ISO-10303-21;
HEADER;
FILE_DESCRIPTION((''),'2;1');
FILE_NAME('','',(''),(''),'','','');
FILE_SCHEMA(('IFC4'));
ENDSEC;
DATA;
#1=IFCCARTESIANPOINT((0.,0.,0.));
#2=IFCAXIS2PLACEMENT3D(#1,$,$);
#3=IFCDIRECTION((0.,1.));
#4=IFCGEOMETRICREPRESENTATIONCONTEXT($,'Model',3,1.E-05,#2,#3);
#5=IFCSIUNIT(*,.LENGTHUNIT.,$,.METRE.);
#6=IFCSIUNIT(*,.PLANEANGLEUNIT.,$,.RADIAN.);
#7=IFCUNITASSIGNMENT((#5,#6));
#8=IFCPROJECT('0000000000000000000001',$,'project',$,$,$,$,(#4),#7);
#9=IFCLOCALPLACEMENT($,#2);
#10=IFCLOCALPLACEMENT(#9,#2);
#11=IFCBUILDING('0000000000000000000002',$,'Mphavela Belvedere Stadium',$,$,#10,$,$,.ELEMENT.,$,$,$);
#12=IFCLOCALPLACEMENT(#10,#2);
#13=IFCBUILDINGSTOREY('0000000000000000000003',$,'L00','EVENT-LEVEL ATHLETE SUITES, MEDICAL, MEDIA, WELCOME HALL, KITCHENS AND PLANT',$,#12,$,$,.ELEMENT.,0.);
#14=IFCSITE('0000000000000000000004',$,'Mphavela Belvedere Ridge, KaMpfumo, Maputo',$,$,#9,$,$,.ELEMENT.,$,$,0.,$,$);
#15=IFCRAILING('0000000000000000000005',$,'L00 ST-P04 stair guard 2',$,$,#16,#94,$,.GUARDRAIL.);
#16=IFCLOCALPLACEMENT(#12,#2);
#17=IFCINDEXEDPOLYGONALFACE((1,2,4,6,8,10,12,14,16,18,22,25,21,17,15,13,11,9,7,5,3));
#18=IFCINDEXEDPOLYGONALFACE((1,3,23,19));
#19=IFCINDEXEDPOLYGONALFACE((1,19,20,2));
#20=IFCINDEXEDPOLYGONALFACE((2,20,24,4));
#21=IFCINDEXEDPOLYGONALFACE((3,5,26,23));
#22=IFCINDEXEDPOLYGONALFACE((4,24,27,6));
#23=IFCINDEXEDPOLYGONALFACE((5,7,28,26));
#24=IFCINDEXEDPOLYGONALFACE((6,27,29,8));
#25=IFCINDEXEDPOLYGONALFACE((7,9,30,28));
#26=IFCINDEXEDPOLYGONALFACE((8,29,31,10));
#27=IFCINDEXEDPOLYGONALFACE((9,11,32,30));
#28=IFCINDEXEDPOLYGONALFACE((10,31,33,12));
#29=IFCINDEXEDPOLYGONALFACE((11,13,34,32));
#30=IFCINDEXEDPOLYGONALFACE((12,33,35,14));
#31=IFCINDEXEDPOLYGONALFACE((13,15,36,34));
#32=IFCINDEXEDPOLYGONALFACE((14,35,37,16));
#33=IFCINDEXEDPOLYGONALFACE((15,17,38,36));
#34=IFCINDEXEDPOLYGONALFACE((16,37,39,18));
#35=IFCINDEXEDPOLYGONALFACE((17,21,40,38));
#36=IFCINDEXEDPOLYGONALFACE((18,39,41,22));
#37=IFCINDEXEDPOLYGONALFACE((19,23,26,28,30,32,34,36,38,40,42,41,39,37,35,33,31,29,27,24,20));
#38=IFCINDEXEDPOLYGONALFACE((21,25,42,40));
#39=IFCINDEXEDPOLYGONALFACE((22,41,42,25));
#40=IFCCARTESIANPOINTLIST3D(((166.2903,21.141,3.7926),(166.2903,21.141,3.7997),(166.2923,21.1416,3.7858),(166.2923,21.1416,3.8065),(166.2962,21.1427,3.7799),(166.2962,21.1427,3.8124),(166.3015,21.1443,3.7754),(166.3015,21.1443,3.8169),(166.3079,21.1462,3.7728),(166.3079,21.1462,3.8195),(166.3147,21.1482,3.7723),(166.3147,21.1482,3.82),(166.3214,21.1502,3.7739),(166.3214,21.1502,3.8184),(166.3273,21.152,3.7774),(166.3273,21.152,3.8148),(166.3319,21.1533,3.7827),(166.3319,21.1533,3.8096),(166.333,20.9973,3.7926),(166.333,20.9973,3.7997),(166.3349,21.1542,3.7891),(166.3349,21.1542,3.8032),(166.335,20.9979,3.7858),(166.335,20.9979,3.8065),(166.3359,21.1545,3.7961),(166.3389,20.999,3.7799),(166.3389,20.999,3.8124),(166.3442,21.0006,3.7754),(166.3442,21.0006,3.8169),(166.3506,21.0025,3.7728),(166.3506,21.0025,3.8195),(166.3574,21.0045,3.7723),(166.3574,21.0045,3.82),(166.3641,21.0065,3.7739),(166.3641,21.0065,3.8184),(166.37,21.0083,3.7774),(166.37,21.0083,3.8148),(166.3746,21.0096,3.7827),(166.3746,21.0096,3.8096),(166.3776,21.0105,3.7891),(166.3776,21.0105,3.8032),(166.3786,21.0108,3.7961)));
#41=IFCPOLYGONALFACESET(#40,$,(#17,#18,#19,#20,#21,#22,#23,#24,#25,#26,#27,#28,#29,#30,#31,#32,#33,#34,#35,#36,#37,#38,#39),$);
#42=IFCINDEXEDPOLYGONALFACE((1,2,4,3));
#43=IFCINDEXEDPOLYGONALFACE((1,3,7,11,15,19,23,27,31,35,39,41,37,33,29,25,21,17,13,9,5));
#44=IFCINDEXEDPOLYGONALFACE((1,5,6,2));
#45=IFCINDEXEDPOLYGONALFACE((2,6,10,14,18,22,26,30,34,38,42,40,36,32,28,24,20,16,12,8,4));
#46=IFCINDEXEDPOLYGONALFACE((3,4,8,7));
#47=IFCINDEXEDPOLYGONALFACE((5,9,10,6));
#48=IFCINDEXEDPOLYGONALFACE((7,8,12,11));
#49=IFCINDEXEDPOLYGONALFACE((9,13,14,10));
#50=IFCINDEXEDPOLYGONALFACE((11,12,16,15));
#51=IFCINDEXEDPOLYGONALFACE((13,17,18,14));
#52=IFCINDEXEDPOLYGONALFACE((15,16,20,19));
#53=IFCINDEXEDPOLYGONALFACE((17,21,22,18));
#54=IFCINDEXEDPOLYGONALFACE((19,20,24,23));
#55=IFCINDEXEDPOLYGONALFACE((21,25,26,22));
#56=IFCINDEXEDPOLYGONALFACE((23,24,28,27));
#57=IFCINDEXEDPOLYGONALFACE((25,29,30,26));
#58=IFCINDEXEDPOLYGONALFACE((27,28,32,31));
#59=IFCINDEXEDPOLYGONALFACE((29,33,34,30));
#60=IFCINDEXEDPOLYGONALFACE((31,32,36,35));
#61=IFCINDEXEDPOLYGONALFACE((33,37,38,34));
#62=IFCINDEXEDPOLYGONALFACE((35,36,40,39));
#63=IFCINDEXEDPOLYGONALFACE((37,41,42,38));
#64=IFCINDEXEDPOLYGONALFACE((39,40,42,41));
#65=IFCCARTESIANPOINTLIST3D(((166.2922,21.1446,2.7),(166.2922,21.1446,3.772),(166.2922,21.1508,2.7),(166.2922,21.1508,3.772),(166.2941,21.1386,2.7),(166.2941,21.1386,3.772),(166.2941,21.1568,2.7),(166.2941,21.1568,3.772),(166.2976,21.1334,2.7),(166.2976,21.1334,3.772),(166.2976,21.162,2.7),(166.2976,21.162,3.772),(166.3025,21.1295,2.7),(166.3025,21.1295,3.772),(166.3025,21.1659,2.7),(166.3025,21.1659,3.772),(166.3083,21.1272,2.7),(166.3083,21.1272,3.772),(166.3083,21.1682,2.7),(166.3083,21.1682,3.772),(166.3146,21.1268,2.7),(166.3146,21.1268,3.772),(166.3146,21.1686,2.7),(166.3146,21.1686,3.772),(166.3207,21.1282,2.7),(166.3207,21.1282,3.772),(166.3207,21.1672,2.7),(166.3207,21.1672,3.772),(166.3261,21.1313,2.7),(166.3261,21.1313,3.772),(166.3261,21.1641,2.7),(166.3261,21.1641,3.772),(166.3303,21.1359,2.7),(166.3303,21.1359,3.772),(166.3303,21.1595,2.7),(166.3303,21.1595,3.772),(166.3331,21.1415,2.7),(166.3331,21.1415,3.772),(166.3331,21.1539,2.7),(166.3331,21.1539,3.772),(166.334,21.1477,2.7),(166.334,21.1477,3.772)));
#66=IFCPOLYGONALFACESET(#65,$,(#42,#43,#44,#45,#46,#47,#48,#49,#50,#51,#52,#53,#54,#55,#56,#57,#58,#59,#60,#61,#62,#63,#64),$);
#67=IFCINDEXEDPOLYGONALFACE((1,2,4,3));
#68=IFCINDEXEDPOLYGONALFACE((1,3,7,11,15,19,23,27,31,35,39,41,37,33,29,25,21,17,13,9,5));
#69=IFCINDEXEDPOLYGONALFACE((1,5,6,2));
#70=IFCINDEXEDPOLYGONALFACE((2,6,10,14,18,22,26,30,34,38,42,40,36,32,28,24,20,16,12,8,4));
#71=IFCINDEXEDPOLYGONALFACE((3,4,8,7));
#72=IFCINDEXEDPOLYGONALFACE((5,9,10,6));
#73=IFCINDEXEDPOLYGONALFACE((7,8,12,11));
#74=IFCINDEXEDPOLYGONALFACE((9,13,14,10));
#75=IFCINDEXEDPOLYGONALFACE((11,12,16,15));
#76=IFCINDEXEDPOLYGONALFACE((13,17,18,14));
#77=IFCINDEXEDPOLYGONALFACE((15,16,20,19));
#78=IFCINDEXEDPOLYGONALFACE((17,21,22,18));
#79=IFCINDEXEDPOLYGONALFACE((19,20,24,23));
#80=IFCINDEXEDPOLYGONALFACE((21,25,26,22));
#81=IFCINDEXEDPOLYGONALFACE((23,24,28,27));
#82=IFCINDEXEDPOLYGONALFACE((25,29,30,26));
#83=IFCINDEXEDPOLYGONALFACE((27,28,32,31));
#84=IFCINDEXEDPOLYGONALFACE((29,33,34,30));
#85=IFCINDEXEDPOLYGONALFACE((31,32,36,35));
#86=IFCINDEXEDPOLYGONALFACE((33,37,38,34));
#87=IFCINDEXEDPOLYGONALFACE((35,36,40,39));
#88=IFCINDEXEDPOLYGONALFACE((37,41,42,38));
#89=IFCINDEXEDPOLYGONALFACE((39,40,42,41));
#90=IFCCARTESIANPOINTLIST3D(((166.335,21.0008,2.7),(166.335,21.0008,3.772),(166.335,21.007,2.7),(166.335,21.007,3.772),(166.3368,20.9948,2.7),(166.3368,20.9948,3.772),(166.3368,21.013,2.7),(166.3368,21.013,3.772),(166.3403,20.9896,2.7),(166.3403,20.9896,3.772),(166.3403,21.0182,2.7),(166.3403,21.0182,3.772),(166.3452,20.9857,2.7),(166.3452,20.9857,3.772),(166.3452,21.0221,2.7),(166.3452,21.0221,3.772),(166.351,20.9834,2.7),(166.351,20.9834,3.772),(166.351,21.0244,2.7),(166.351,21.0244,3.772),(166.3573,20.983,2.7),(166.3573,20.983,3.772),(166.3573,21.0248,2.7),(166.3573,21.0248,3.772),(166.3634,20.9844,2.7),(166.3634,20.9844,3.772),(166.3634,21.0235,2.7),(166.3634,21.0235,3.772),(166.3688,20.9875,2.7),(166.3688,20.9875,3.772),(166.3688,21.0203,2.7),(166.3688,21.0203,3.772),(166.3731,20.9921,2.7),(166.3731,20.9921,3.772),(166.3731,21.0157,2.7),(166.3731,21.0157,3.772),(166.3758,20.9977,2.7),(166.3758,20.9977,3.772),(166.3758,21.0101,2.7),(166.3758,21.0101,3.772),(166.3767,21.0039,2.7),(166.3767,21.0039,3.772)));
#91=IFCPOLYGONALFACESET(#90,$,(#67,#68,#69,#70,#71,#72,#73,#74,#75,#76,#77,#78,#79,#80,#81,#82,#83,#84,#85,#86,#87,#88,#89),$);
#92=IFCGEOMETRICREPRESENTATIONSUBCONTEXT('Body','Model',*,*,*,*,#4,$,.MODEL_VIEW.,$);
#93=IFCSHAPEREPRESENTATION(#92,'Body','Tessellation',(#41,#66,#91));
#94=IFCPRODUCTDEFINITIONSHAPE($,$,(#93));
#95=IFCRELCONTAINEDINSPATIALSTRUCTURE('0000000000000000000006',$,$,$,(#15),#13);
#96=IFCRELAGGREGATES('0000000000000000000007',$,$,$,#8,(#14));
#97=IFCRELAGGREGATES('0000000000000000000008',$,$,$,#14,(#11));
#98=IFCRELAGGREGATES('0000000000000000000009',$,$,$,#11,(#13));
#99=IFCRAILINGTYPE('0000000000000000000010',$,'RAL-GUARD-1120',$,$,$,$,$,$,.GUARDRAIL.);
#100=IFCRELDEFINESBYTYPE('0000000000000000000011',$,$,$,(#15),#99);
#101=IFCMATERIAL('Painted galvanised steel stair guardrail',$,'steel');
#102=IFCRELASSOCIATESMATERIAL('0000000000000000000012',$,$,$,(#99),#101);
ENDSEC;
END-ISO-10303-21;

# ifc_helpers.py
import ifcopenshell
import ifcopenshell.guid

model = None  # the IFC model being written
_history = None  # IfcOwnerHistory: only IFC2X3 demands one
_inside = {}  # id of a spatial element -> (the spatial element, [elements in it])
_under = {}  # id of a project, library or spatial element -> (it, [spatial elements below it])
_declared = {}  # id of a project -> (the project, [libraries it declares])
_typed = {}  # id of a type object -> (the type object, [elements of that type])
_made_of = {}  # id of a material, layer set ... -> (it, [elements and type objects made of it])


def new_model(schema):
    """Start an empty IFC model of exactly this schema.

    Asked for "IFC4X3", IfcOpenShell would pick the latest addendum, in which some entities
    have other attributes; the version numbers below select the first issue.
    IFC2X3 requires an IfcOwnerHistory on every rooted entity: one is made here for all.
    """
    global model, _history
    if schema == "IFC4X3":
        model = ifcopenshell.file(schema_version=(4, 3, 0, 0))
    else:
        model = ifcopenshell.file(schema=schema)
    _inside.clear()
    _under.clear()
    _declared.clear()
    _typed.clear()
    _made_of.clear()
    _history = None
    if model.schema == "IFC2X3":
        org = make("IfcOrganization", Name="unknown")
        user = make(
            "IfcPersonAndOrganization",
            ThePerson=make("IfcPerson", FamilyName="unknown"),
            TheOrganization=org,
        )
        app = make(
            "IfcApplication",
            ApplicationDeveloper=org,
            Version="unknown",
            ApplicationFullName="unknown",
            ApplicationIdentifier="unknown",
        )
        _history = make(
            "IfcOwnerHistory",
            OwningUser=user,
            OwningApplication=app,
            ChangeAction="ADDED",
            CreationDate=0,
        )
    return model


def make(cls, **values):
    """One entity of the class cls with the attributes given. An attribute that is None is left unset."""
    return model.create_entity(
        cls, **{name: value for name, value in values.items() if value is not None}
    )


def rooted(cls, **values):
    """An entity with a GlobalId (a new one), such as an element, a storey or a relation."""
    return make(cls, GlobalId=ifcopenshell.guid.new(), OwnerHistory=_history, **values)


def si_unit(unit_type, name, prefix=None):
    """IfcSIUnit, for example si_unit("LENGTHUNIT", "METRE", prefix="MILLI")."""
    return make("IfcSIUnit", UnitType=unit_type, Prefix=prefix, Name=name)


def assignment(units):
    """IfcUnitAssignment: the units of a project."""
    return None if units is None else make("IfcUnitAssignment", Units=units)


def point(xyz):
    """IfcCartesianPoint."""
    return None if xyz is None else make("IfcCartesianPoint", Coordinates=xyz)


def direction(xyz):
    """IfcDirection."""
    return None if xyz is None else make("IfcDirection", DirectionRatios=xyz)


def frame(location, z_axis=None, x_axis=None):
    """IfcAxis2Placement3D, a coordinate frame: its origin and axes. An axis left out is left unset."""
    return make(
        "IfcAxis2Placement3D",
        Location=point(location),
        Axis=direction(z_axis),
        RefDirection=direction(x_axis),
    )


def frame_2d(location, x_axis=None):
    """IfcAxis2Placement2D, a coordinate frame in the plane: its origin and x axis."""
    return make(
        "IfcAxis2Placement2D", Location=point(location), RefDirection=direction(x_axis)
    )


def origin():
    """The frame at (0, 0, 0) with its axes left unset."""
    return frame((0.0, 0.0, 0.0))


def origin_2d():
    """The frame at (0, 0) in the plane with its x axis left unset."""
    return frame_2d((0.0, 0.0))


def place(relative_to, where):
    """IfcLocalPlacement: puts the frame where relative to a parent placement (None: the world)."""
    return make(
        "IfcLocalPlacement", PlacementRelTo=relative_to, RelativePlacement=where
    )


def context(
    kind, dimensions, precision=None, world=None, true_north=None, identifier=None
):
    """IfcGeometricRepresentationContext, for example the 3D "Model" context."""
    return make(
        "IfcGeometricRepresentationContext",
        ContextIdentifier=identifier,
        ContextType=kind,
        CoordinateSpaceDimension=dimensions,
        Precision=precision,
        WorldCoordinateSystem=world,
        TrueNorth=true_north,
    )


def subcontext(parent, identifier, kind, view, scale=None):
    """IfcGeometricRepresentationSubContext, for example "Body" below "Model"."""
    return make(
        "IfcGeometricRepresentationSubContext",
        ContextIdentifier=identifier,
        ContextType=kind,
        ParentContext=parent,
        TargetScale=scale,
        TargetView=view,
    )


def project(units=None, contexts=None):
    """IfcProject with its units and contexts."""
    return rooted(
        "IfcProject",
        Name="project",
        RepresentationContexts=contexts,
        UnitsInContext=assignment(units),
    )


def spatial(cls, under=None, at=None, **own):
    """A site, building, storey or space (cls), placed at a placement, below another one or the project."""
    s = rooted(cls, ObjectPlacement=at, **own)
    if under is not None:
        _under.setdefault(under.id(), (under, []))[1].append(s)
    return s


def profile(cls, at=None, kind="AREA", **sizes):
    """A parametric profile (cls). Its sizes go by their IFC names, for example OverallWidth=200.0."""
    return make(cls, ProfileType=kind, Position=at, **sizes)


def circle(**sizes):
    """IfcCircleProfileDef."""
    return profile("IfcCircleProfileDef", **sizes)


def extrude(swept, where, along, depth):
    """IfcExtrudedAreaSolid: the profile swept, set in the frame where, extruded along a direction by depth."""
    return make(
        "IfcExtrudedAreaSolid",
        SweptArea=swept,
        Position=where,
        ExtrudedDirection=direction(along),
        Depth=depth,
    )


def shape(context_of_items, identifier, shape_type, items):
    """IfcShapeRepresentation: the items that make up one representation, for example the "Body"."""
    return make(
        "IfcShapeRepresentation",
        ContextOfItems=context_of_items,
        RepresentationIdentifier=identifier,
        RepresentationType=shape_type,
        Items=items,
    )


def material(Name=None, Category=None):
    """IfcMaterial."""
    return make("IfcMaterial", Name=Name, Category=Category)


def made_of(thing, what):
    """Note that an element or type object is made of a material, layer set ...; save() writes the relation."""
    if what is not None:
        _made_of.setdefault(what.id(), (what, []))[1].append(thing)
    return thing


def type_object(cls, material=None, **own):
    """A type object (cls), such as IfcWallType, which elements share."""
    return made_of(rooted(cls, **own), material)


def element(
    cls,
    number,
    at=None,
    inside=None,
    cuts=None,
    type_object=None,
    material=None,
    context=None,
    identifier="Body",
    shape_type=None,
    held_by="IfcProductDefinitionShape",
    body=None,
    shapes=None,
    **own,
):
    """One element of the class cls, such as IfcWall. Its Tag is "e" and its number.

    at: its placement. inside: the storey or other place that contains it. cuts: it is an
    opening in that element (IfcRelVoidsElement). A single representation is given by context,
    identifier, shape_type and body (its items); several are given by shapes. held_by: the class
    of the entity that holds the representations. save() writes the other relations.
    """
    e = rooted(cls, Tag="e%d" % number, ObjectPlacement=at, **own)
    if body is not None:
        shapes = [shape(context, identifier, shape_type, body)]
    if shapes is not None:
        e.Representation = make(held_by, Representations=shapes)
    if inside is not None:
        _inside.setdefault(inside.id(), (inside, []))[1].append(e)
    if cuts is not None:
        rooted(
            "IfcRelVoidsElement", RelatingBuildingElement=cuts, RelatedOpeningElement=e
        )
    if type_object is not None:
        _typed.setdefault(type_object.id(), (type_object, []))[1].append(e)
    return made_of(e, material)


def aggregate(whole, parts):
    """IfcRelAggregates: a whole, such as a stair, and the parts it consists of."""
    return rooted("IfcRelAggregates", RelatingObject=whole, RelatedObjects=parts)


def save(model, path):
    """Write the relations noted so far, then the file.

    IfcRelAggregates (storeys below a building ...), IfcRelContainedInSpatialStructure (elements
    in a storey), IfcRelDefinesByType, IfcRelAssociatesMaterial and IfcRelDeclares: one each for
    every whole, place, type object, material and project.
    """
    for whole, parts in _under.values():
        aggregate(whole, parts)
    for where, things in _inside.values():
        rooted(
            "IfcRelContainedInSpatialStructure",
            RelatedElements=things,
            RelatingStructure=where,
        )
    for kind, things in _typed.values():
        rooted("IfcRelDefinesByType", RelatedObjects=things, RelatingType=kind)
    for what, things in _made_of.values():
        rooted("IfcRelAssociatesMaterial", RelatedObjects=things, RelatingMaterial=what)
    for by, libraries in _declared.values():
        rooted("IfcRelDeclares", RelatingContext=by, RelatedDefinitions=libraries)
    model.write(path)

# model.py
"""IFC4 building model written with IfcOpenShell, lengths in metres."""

from ifc_helpers import new_model, si_unit, direction, frame, origin, origin_2d, place, context, subcontext, project, spatial, circle, extrude, material, type_object, element, save


model = new_model("IFC4")

# Units and contexts
model_context = context("Model", 3, precision=1e-05, world=origin(), true_north=direction((0.0, 1.0)))
body_context = subcontext(model_context, "Body", "Model", "MODEL_VIEW")
ifc_project = project(units=[si_unit("LENGTHUNIT", "METRE"), si_unit("PLANEANGLEUNIT", "RADIAN")], contexts=[model_context])

# Site, building, storey
site_placement = place(None, origin())
site = spatial("IfcSite", under=ifc_project, at=site_placement, Name="Mphavela Belvedere Ridge, KaMpfumo, Maputo", CompositionType="ELEMENT", RefElevation=0.0)
building_placement = place(site_placement, origin())
building = spatial("IfcBuilding", under=site, at=building_placement, Name="Mphavela Belvedere Stadium", CompositionType="ELEMENT")
storey_placement = place(building_placement, origin())
storey = spatial("IfcBuildingStorey", under=building, at=storey_placement, Name="L00", Description="EVENT-LEVEL ATHLETE SUITES, MEDICAL, MEDIA, WELCOME HALL, KITCHENS AND PLANT", CompositionType="ELEMENT", Elevation=0.0)

# Railing
ifc_material_1 = material(Name="Painted galvanised steel stair guardrail", Category="steel")
railing_type_1 = type_object("IfcRailingType", Name="RAL-GUARD-1120", PredefinedType="GUARDRAIL", material=ifc_material_1)
railing_1_placement = place(storey_placement, frame((166.313, 21.1477, 2.7)))
element("IfcRailing", 1, at=railing_1_placement, inside=storey, type_object=railing_type_1, Name="L00 ST-P04 stair guard 2", PredefinedType="GUARDRAIL", context=body_context, shape_type="SweptSolid", body=[
    extrude(circle(Radius=0.0239, at=origin_2d()), frame((0.0, 0.0, 1.0962), z_axis=(0.284809, -0.958584, 0.0), x_axis=(0.958584, 0.284809, 0.0)), (0.0, 0.0, 1.0), 0.1499),
    extrude(circle(Radius=0.021, at=origin_2d()), origin(), (0.0, 0.0, 1.0), 1.072),
    extrude(circle(Radius=0.021, at=origin_2d()), frame((0.0427, -0.1438, 0.0)), (0.0, 0.0, 1.0), 1.072),
])

save(model, "model.ifc")
